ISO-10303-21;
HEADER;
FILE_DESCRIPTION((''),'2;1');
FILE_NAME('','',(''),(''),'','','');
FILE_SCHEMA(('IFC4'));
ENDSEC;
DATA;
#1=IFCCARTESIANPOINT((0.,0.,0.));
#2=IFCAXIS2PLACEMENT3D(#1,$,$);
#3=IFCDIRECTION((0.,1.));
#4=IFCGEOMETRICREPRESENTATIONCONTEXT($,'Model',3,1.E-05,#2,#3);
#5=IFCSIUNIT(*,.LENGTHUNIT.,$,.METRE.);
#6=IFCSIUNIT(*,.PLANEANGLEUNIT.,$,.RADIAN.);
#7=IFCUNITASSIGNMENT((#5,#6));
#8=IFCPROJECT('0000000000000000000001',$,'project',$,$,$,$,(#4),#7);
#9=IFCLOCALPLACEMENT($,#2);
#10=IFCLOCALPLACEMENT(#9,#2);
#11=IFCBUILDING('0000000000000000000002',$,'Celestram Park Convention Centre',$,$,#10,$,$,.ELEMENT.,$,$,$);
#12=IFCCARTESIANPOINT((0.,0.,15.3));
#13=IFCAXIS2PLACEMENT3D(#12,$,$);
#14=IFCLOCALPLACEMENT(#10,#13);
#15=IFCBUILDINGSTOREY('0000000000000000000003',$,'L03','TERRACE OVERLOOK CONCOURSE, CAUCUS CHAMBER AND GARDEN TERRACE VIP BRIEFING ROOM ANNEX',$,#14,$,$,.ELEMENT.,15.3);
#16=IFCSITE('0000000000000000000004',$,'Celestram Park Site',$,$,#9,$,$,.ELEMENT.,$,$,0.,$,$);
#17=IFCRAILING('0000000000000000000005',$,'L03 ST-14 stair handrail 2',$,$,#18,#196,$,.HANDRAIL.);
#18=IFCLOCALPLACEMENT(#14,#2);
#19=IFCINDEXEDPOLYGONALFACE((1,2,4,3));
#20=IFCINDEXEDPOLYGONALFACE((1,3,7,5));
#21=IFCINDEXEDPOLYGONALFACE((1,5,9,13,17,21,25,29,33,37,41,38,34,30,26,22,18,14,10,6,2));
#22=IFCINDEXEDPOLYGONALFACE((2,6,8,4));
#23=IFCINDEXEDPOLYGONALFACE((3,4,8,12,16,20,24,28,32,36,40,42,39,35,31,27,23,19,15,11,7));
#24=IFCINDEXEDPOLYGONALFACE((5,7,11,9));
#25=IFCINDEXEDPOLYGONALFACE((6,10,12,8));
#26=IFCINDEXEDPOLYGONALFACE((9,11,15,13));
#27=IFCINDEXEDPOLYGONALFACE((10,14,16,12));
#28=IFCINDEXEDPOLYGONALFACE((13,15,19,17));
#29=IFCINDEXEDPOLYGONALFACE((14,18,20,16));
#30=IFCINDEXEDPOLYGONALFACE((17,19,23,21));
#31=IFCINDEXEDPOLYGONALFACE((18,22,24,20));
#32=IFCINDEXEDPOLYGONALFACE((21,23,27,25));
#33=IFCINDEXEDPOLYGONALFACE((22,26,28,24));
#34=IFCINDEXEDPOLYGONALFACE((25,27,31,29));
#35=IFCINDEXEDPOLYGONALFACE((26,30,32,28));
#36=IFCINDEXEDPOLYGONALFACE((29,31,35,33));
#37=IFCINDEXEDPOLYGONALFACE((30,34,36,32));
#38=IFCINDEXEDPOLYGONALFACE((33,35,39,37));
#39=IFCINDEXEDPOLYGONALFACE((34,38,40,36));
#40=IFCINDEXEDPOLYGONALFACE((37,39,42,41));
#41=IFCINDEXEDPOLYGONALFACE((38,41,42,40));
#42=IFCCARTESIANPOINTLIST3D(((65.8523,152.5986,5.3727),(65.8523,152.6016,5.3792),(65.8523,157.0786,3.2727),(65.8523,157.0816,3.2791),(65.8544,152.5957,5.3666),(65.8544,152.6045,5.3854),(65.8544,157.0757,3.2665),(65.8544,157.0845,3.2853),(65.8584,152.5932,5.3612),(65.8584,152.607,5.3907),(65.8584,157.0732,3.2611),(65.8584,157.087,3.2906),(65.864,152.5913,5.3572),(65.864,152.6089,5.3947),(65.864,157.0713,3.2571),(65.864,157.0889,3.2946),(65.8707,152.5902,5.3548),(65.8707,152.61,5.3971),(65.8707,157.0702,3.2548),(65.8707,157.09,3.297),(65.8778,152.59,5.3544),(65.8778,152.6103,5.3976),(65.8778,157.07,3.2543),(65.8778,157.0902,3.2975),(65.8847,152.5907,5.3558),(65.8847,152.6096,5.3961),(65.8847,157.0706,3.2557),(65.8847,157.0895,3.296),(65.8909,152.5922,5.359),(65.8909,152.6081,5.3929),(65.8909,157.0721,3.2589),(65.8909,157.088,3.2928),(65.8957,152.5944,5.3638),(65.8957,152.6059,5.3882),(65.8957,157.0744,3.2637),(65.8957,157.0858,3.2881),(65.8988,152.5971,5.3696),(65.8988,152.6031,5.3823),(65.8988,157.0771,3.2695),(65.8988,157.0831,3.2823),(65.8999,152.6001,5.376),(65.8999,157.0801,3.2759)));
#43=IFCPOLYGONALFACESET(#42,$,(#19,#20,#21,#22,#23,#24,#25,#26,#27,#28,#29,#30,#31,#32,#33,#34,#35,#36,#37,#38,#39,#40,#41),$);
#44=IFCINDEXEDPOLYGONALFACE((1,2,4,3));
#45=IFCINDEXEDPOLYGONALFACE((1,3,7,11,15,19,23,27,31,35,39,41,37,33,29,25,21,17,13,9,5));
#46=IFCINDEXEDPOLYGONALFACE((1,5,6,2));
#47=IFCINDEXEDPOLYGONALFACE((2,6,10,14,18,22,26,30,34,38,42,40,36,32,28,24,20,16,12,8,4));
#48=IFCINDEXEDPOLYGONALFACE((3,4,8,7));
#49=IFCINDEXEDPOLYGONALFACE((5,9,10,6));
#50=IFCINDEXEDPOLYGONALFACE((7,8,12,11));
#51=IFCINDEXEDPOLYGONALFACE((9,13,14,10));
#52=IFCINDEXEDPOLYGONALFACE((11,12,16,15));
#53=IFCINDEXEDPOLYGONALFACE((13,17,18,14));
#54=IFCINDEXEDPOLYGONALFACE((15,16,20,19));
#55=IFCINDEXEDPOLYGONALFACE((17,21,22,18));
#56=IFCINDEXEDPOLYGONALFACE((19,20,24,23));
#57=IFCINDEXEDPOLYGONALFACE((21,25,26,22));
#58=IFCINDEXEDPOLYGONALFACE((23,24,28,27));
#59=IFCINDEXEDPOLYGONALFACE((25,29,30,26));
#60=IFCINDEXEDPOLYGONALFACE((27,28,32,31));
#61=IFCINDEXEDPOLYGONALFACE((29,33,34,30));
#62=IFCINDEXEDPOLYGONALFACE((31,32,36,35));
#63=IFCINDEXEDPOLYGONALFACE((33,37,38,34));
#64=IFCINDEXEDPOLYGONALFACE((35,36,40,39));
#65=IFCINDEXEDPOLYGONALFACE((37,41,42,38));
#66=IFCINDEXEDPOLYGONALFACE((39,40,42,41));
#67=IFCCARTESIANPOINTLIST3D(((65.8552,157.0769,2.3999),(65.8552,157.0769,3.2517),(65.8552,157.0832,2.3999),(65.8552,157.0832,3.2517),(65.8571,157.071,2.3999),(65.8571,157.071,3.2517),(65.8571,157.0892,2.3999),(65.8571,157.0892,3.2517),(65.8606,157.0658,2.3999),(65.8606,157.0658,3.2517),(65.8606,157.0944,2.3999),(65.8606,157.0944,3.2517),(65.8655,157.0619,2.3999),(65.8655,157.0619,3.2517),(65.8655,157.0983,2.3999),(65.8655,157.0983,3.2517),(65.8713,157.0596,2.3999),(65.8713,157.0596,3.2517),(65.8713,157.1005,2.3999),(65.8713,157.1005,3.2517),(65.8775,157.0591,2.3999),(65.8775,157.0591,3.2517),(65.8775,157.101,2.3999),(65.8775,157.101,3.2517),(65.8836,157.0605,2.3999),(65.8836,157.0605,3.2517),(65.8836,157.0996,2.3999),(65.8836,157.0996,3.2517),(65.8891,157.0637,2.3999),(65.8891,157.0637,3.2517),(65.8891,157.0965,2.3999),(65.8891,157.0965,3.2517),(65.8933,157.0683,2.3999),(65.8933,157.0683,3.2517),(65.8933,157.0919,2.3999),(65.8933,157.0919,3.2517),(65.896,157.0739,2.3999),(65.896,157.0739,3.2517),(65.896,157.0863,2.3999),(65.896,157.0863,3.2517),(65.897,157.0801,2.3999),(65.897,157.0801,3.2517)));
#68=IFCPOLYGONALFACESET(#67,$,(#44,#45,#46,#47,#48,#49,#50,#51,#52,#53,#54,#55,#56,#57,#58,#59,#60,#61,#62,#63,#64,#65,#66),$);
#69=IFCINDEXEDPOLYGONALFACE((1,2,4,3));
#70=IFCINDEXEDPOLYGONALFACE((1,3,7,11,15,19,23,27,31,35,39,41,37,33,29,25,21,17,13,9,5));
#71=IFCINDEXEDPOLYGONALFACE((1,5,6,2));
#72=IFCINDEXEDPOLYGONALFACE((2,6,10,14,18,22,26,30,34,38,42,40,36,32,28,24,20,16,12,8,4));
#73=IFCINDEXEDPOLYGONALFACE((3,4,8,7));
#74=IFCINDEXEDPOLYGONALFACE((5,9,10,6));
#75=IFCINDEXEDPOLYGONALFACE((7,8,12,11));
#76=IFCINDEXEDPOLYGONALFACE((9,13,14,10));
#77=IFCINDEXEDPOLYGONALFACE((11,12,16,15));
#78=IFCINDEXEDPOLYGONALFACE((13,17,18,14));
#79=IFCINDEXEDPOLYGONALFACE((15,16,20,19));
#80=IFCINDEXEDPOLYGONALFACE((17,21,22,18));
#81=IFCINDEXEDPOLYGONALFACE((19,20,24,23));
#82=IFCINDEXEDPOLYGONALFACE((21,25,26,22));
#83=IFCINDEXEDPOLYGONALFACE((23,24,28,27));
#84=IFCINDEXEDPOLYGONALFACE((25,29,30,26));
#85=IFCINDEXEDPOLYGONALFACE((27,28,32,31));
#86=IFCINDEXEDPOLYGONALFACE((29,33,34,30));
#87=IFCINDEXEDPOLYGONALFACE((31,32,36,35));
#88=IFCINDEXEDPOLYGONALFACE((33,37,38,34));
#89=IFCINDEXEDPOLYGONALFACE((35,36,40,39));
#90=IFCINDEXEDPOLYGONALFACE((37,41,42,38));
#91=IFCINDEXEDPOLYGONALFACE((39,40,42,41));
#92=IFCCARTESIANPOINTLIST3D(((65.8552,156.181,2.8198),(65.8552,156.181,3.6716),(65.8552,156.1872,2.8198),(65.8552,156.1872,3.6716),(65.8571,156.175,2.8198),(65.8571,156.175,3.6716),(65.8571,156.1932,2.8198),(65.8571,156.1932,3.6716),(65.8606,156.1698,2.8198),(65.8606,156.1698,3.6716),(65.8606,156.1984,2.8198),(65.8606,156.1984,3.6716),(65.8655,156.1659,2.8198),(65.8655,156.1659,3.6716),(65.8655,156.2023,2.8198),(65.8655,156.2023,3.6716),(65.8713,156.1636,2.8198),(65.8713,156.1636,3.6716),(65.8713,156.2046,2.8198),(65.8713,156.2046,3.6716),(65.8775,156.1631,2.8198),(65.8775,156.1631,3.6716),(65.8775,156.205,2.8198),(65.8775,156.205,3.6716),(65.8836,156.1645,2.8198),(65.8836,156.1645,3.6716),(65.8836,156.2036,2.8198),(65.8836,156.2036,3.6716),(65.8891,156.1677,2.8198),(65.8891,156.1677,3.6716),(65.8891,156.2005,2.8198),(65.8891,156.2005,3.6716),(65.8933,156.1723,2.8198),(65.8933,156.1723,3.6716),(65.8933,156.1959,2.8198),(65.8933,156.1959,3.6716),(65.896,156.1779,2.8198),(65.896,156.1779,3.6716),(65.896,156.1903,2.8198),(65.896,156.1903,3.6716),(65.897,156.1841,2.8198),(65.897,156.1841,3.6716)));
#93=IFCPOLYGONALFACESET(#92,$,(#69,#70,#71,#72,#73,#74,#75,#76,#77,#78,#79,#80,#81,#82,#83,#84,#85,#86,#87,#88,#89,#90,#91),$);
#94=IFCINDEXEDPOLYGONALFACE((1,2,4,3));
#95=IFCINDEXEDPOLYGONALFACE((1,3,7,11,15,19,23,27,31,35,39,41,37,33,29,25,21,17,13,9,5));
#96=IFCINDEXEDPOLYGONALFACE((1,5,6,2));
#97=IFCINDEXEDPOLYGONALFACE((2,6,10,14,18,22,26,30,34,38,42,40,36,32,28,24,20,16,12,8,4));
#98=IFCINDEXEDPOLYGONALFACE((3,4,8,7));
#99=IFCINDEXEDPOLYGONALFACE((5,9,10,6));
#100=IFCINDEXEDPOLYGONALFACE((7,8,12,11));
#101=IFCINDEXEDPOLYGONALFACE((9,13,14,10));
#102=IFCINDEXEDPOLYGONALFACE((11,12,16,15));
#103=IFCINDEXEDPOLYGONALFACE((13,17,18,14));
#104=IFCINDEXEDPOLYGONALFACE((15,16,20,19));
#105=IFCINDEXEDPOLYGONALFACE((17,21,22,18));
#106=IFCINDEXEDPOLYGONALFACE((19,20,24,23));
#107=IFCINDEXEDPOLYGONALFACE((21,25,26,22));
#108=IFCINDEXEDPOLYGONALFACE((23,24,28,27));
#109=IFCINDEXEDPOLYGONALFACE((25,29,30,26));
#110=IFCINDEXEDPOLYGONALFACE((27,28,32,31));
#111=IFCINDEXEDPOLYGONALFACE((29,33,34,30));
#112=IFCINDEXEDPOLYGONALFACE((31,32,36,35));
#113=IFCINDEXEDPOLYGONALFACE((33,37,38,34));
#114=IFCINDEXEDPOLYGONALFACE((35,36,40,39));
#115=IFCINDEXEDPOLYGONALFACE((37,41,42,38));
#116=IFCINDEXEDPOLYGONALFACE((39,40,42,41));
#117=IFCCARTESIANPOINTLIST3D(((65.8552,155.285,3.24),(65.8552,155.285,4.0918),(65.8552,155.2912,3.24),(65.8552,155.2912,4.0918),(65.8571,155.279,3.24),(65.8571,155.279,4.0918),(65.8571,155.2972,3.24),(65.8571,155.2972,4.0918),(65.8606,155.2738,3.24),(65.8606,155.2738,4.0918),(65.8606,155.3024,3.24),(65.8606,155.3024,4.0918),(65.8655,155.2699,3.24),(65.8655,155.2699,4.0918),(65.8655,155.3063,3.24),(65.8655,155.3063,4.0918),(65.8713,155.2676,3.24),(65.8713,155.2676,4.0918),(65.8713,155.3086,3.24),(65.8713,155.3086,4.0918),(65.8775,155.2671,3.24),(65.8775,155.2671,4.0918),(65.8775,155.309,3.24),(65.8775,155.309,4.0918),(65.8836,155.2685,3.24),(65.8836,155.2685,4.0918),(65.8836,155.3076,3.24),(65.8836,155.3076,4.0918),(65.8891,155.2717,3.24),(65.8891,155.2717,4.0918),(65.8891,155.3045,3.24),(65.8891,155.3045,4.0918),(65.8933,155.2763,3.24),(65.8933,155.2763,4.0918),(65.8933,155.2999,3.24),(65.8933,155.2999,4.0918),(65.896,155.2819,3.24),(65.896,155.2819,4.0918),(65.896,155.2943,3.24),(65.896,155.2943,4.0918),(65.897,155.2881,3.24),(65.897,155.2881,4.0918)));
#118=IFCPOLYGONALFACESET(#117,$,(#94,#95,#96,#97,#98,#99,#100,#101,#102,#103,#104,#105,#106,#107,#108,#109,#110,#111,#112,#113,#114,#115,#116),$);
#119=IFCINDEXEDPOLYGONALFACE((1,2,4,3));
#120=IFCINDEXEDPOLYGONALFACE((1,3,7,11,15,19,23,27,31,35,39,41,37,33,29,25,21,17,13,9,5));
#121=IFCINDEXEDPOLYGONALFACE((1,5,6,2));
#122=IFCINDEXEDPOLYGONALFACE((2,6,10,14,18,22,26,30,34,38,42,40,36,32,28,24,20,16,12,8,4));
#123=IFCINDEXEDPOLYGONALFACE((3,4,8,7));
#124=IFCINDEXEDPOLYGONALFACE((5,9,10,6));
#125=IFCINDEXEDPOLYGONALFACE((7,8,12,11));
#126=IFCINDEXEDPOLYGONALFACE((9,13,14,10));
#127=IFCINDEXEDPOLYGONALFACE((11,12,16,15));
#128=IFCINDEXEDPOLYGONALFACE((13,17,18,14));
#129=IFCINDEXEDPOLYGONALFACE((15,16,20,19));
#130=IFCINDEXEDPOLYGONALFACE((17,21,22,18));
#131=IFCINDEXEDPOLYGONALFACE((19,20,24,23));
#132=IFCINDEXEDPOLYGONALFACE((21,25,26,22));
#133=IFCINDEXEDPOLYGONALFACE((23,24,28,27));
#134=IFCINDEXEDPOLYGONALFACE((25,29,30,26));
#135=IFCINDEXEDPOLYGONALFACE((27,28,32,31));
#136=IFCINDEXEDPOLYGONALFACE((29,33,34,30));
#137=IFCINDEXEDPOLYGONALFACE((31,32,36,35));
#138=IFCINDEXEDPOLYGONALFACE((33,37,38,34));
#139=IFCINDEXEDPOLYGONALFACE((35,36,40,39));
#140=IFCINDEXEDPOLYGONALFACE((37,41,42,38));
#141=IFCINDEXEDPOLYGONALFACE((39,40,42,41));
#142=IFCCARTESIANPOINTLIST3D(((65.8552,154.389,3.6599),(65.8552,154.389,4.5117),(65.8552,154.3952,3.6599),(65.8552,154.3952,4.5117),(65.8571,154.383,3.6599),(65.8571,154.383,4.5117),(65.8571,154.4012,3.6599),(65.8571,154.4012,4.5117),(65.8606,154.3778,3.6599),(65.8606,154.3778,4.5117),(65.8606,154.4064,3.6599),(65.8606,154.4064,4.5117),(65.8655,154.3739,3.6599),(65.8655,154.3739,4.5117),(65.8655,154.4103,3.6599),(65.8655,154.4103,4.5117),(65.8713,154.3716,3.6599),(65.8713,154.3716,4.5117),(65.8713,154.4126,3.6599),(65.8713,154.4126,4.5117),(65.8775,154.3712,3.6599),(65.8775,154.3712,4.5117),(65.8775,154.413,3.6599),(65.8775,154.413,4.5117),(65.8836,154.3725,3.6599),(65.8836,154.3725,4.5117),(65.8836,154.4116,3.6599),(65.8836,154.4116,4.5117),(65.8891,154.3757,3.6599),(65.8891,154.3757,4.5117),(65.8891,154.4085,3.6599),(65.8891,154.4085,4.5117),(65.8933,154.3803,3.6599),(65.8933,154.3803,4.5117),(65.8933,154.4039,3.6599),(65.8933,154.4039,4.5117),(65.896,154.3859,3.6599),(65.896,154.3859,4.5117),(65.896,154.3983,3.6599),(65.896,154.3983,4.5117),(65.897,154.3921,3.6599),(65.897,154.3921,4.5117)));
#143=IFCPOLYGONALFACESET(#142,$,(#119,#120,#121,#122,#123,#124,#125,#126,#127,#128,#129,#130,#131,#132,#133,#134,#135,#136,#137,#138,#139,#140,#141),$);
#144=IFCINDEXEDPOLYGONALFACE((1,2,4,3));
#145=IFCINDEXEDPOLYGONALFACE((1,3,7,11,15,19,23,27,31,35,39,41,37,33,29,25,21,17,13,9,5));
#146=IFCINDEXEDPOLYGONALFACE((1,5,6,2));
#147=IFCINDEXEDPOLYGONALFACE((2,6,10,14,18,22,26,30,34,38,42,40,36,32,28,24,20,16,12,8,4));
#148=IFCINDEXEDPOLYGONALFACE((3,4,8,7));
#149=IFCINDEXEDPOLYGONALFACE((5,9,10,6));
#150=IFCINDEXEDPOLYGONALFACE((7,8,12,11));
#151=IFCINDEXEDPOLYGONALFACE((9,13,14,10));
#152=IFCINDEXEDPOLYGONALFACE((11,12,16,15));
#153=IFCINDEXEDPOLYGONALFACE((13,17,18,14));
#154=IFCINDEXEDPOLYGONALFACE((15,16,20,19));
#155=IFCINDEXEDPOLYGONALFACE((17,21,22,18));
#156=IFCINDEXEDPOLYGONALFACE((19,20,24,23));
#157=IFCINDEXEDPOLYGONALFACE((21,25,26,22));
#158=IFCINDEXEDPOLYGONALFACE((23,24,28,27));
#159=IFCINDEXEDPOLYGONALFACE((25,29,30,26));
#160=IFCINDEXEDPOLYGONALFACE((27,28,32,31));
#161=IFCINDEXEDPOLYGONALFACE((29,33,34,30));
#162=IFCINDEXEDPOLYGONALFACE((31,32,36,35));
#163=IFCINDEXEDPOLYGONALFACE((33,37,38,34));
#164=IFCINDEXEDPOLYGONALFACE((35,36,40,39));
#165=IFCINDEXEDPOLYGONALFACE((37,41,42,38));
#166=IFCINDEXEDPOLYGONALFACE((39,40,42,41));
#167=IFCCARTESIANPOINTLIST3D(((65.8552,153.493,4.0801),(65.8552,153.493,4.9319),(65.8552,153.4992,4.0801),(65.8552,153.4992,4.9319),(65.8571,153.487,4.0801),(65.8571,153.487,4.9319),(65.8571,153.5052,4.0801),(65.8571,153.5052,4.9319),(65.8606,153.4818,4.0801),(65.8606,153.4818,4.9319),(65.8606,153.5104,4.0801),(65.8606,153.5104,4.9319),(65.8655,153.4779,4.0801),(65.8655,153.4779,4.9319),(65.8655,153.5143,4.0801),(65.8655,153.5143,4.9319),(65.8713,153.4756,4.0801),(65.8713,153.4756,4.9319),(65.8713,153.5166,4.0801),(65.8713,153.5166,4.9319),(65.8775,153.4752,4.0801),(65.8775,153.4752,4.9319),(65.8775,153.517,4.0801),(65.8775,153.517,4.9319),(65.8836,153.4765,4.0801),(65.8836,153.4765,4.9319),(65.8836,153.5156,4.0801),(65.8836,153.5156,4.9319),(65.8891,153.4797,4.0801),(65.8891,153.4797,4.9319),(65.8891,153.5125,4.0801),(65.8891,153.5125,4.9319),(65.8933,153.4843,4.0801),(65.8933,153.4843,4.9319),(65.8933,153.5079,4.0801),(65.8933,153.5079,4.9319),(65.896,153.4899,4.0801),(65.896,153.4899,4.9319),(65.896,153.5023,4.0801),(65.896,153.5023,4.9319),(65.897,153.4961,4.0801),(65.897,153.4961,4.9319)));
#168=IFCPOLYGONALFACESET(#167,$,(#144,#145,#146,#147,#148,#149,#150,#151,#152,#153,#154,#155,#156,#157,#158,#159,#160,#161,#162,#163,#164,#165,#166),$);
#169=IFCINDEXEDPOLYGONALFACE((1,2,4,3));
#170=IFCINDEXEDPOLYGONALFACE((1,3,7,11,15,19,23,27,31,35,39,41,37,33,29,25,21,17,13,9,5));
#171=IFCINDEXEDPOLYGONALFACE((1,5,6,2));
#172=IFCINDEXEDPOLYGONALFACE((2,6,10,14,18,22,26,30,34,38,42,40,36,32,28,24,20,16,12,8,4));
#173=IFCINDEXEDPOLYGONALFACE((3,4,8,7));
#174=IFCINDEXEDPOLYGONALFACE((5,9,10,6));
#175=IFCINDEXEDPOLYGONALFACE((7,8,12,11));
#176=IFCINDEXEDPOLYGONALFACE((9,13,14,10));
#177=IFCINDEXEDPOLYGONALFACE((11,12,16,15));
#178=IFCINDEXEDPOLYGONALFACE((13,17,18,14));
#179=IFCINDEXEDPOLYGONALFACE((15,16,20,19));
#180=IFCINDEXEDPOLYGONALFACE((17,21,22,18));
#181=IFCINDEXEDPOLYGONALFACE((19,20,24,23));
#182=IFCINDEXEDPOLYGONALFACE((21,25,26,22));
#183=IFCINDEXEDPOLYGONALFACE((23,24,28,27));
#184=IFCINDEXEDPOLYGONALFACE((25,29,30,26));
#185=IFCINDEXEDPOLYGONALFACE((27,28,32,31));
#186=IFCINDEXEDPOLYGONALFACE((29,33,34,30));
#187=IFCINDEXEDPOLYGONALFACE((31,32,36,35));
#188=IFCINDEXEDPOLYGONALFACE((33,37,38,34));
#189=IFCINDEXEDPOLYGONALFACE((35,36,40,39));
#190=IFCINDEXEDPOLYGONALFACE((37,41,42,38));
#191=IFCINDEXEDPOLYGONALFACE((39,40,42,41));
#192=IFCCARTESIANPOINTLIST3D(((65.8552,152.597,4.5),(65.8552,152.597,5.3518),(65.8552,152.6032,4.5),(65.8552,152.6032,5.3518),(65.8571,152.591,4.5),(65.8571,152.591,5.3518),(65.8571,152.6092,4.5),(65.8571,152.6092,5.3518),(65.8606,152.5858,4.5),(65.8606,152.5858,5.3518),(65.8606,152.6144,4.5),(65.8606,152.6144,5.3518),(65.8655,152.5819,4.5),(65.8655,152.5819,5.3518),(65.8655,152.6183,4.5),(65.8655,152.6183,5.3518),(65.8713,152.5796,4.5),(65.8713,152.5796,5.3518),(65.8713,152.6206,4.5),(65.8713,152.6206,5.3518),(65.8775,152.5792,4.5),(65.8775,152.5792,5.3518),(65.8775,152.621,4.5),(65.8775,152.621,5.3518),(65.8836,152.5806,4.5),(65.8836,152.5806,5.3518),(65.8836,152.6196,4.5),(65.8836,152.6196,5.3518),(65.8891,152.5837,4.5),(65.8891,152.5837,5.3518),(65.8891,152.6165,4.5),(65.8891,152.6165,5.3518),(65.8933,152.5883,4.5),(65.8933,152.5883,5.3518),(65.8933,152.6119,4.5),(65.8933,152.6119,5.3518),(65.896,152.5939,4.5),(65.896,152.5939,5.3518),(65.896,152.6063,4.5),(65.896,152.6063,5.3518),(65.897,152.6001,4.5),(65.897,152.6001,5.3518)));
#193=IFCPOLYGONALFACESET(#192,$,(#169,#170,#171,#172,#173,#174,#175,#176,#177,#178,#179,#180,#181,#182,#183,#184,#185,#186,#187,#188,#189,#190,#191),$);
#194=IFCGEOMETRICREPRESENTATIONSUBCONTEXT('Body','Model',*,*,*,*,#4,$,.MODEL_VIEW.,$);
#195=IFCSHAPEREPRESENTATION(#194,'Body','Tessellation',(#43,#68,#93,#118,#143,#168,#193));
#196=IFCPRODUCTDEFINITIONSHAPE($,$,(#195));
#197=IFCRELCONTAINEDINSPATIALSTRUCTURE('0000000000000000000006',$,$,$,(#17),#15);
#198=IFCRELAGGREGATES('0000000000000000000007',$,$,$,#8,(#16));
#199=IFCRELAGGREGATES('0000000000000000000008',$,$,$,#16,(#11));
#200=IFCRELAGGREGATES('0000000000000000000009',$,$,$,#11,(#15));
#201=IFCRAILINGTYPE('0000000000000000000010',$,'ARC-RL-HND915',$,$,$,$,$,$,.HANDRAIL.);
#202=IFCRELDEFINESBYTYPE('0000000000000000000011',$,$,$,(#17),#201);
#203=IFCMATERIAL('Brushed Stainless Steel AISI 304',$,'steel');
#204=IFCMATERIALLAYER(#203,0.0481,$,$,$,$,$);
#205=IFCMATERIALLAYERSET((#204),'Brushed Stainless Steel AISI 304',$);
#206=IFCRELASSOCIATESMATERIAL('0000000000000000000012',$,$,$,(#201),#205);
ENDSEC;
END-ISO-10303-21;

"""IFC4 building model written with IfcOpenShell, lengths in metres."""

from ifc_helpers import new_model, si_unit, direction, frame, origin, origin_2d, place, context, subcontext, project, spatial, circle, extrude, material, layer, layer_set, type_object, element, save


model = new_model("IFC4")

# Units and contexts
model_context = context("Model", 3, precision=1e-05, world=origin(), true_north=direction((0.0, 1.0)))
body_context = subcontext(model_context, "Body", "Model", "MODEL_VIEW")
ifc_project = project(units=[si_unit("LENGTHUNIT", "METRE"), si_unit("PLANEANGLEUNIT", "RADIAN")], contexts=[model_context])

# Site, building, storey
site_placement = place(None, origin())
site = spatial("IfcSite", under=ifc_project, at=site_placement, Name="Celestram Park Site", CompositionType="ELEMENT", RefElevation=0.0)
building_placement = place(site_placement, origin())
building = spatial("IfcBuilding", under=site, at=building_placement, Name="Celestram Park Convention Centre", CompositionType="ELEMENT")
storey_placement = place(building_placement, frame((0.0, 0.0, 15.3)))
storey = spatial("IfcBuildingStorey", under=building, at=storey_placement, Name="L03", Description="TERRACE OVERLOOK CONCOURSE, CAUCUS CHAMBER AND GARDEN TERRACE VIP BRIEFING ROOM ANNEX", CompositionType="ELEMENT", Elevation=15.3)

# Railing
ifc_material_1 = material(Name="Brushed Stainless Steel AISI 304", Category="steel")
ifc_layer_1 = layer(ifc_material_1, 0.0481)
ifc_layer_set_1 = layer_set([ifc_layer_1], Name="Brushed Stainless Steel AISI 304")
railing_type_1 = type_object("IfcRailingType", Name="ARC-RL-HND915", PredefinedType="HANDRAIL", material=ifc_layer_set_1)
railing_1_placement = place(storey_placement, frame((65.876, 157.0801, 2.3999)))
element("IfcRailing", 1, at=railing_1_placement, inside=storey, type_object=railing_type_1, Name="L03 ST-14 stair handrail 2", PredefinedType="HANDRAIL", context=body_context, shape_type="SweptSolid", body=[
    extrude(circle(Radius=0.0239, at=origin_2d()), frame((0.0, 0.0, 0.876), z_axis=(0.0, -0.905451, 0.424452), x_axis=(1.0, 0.0, 0.0)), (0.0, 0.0, 1.0), 4.9478),
    extrude(circle(Radius=0.021, at=origin_2d()), origin(), (0.0, 0.0, 1.0), 0.8518),
    extrude(circle(Radius=0.021, at=origin_2d()), frame((0.0, -0.896, 0.4199)), (0.0, 0.0, 1.0), 0.8518),
    extrude(circle(Radius=0.021, at=origin_2d()), frame((0.0, -1.792, 0.8401)), (0.0, 0.0, 1.0), 0.8518),
    extrude(circle(Radius=0.021, at=origin_2d()), frame((0.0, -2.688, 1.26)), (0.0, 0.0, 1.0), 0.8518),
    extrude(circle(Radius=0.021, at=origin_2d()), frame((0.0, -3.584, 1.6802)), (0.0, 0.0, 1.0), 0.8518),
    extrude(circle(Radius=0.021, at=origin_2d()), frame((0.0, -4.48, 2.1001)), (0.0, 0.0, 1.0), 0.8518),
])

save(model, "model.ifc")
